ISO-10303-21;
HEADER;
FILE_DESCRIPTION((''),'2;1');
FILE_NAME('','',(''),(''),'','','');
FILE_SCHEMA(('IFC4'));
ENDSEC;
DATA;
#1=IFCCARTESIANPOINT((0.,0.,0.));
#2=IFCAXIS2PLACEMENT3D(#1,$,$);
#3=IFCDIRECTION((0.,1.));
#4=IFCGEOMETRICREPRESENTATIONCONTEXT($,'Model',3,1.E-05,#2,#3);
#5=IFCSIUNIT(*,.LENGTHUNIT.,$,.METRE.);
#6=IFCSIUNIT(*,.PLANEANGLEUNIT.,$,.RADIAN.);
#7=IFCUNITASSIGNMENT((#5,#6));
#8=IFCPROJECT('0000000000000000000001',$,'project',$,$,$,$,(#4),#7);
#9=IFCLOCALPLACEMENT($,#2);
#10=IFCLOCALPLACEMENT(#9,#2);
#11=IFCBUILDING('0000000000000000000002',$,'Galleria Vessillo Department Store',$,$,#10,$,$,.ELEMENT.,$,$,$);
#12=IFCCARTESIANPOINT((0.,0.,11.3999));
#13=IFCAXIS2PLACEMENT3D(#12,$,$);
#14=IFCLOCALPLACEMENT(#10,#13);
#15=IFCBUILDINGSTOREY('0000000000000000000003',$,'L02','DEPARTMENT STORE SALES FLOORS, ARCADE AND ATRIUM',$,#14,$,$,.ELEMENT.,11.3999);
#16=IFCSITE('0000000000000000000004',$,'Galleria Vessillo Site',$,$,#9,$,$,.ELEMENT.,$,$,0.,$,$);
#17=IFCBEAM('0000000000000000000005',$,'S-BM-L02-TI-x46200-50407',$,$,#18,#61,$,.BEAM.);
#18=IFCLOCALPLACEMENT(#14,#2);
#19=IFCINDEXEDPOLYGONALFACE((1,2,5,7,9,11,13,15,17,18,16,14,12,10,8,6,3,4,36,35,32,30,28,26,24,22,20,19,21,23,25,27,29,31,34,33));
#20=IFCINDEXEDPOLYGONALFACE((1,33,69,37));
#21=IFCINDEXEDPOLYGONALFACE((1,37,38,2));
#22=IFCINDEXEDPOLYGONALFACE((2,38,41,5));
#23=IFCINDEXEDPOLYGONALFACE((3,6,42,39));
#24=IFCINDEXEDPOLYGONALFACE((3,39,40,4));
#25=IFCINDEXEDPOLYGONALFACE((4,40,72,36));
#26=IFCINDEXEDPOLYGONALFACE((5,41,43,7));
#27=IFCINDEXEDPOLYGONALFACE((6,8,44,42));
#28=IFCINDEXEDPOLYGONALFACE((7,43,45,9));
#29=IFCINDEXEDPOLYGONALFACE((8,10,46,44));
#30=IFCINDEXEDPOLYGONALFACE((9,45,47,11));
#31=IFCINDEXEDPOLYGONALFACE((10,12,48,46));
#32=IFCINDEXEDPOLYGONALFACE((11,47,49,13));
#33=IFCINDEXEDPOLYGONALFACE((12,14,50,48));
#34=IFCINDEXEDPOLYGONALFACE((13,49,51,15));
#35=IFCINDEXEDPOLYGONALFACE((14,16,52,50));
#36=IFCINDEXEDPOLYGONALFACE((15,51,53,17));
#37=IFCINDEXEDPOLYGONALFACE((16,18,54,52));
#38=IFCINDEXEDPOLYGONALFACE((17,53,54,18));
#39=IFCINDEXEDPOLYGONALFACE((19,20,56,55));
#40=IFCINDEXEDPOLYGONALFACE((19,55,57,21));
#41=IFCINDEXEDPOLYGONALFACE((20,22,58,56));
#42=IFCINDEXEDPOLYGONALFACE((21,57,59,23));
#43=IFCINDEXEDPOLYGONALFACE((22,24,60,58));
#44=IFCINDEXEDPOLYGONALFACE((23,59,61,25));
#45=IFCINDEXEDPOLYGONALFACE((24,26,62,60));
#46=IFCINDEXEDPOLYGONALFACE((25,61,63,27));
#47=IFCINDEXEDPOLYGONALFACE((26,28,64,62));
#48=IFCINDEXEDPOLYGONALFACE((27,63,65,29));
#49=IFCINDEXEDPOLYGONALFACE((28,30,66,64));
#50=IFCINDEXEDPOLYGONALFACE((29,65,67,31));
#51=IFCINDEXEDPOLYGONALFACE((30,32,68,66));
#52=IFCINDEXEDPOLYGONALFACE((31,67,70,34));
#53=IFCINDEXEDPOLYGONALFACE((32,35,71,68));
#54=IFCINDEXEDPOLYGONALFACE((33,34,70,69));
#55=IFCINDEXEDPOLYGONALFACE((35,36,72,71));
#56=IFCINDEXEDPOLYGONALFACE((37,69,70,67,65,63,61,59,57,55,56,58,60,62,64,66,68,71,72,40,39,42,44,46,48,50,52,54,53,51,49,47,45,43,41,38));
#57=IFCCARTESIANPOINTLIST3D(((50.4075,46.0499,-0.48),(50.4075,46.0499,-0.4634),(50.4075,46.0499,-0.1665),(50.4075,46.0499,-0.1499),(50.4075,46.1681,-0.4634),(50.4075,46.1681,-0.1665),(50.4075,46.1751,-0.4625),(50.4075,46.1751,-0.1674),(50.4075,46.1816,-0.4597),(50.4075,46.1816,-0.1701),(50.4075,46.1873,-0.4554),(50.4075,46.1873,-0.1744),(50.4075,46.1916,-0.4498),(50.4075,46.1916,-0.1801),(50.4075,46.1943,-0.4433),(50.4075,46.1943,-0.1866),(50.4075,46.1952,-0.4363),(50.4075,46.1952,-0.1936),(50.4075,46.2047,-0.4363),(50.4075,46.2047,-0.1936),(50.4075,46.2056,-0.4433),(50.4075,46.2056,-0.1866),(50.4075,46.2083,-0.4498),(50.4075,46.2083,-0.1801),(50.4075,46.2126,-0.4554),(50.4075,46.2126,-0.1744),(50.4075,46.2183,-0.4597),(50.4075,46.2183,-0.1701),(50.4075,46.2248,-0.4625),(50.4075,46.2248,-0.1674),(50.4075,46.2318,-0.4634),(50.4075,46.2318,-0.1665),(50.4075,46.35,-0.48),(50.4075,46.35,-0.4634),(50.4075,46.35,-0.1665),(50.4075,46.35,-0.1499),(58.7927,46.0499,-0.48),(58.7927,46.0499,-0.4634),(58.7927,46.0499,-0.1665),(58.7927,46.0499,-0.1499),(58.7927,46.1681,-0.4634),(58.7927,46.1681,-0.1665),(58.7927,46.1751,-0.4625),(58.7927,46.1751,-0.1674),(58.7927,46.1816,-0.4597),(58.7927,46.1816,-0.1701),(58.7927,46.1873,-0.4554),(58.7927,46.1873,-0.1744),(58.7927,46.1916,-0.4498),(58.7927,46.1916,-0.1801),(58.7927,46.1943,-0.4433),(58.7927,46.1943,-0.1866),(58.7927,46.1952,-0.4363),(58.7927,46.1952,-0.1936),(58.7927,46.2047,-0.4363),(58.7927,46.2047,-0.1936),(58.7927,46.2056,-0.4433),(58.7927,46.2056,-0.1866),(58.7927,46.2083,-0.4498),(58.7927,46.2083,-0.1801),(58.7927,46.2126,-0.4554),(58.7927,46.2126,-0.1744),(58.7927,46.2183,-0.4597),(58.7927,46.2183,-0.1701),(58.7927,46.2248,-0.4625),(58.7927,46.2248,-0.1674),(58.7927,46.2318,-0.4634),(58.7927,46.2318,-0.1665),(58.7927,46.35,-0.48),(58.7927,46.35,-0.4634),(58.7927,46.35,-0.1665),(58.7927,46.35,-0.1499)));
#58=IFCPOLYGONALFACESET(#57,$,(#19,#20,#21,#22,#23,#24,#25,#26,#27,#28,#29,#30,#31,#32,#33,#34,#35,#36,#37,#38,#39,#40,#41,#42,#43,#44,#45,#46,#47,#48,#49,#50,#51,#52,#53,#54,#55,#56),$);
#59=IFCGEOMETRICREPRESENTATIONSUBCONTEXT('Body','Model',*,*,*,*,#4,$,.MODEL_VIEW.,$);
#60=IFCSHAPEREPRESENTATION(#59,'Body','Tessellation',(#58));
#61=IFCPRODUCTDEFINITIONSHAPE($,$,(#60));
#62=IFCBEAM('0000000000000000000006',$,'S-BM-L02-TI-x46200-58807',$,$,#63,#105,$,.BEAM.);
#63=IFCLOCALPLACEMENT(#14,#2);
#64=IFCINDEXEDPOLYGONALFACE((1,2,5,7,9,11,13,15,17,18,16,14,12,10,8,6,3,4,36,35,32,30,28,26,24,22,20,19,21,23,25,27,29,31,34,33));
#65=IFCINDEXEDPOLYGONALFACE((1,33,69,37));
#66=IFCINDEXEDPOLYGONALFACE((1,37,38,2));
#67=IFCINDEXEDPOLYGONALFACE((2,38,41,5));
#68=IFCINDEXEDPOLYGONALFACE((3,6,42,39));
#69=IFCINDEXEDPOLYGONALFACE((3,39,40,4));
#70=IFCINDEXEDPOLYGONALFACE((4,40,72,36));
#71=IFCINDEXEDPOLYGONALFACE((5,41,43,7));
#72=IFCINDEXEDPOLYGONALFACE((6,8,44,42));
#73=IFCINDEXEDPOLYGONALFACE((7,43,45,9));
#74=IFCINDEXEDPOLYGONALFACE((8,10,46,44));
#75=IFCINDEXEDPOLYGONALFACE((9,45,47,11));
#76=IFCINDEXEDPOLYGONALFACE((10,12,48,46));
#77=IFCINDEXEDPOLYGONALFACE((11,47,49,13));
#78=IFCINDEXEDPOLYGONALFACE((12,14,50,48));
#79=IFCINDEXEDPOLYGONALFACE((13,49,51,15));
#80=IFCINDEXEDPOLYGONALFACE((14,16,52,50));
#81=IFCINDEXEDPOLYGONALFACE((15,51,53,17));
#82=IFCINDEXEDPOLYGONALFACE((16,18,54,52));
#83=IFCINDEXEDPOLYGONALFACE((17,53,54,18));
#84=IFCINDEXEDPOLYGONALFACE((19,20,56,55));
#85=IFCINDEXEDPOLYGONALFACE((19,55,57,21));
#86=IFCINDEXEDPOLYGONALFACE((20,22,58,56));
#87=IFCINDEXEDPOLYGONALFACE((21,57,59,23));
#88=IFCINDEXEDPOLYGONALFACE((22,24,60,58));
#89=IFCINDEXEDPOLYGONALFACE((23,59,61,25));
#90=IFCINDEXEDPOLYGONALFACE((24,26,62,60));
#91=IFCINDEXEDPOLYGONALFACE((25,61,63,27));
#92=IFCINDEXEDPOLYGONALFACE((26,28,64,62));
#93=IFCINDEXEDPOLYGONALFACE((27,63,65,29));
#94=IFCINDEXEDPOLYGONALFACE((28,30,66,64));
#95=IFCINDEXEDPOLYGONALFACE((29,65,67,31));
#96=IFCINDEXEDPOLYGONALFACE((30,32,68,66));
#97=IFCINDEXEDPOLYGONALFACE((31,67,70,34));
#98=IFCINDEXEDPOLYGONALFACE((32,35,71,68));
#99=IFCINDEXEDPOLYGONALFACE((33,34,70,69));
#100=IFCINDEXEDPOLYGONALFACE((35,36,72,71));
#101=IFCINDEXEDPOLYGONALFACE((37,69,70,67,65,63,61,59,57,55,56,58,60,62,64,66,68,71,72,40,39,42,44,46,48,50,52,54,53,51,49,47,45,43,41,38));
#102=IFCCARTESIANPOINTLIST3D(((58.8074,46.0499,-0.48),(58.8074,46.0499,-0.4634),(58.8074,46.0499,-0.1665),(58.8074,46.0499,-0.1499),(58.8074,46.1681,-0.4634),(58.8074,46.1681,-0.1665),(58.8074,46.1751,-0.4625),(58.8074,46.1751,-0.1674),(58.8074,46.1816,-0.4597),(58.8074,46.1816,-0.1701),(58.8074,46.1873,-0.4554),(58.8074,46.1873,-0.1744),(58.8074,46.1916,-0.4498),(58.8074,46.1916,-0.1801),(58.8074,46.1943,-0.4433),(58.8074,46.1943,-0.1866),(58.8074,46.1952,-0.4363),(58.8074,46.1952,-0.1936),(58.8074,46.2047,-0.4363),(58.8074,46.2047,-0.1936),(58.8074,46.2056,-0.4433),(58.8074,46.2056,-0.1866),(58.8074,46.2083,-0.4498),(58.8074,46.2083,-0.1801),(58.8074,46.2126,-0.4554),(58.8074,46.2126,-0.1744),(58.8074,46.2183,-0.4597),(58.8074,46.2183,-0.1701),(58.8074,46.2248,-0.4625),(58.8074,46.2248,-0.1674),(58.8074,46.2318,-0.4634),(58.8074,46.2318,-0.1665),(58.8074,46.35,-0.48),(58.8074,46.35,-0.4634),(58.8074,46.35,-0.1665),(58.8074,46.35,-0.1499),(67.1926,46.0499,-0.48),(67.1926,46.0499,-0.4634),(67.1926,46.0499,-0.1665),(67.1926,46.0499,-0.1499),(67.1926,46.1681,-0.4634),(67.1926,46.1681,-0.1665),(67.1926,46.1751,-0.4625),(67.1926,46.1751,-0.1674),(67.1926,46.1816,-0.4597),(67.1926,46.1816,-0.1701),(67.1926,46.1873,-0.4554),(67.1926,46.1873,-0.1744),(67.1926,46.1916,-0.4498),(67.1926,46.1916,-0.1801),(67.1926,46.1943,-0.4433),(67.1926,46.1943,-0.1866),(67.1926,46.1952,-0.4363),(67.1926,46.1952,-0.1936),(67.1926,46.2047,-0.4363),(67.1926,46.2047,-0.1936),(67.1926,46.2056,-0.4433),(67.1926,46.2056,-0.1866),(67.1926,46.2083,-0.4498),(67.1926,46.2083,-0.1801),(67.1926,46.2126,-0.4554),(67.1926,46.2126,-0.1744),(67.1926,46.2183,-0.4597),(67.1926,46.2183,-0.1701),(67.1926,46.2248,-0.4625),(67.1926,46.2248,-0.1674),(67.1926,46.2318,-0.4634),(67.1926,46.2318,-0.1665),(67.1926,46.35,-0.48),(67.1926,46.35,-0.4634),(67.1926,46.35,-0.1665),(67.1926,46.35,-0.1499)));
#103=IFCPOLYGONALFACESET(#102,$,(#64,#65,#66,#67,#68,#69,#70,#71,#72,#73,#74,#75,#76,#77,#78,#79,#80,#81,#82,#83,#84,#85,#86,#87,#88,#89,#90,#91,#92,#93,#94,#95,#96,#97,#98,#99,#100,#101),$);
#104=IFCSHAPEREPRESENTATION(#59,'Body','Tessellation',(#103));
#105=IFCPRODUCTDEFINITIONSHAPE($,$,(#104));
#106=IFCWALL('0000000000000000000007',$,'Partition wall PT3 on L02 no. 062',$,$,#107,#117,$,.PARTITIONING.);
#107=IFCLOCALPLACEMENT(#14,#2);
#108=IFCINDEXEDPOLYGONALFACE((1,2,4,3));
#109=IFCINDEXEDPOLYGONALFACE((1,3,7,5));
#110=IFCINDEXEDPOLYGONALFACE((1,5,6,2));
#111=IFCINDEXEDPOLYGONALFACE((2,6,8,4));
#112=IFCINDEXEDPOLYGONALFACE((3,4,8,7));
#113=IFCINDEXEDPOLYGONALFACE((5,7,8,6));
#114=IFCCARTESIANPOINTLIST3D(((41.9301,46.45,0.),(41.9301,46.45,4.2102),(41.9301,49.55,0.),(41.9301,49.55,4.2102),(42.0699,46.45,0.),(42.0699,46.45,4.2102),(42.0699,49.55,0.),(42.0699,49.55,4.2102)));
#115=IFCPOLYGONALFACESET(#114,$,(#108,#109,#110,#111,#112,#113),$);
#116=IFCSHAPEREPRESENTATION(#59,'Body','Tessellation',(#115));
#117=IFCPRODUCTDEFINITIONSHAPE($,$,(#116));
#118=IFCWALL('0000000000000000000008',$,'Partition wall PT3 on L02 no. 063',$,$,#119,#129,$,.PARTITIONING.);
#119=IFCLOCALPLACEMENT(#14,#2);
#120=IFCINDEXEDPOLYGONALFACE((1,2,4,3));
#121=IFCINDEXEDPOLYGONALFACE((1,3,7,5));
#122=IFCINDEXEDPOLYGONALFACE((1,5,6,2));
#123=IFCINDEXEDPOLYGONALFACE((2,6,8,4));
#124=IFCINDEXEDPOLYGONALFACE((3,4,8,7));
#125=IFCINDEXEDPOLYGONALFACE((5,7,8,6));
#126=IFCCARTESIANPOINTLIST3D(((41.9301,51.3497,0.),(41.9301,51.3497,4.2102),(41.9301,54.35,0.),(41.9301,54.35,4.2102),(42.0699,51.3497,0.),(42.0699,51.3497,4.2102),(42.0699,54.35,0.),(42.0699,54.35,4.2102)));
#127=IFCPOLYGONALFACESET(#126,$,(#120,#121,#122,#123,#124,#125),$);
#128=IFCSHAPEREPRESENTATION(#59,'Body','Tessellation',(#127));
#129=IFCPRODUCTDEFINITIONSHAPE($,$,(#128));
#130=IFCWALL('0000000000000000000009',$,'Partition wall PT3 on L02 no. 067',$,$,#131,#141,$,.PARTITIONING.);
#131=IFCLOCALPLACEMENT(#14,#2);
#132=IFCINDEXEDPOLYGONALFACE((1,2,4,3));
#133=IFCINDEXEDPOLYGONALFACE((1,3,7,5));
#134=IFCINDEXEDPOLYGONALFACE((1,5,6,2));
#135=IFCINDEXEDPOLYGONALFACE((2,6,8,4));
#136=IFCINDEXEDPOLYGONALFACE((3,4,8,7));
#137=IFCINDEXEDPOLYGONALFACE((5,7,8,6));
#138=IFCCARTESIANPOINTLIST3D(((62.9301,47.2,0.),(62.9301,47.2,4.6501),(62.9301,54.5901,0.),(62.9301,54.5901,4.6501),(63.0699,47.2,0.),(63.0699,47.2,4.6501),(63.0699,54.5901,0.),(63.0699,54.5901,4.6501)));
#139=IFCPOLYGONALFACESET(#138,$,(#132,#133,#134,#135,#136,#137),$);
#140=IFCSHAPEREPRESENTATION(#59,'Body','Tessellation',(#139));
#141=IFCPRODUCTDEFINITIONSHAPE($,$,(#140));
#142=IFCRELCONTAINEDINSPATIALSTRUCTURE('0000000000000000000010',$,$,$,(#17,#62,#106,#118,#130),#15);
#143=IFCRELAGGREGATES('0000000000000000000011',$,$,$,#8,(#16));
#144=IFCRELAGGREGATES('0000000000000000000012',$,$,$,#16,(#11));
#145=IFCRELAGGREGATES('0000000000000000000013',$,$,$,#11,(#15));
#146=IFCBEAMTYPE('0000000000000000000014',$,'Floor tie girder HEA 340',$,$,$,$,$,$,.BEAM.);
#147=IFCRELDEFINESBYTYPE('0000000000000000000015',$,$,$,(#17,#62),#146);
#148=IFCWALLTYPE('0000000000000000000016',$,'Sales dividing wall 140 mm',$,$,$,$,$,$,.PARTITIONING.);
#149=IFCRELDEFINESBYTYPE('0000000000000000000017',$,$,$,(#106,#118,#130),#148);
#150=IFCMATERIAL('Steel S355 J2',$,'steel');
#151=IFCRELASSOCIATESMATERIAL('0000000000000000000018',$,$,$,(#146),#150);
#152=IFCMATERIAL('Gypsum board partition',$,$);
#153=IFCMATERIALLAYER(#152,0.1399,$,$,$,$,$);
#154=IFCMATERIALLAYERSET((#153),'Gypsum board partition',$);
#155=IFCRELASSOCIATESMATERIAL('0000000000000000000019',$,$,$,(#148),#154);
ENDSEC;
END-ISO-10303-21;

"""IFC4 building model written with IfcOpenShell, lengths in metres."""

from ifc_helpers import new_model, si_unit, direction, frame, frame_2d, origin, origin_2d, place, context, subcontext, project, spatial, rectangle, i_section, extrude, material, layer, layer_set, material_profile, profile_set, type_object, element, save


model = new_model("IFC4")

# Units and contexts
model_context = context("Model", 3, precision=1e-05, world=origin(), true_north=direction((0.0, 1.0)))
body_context = subcontext(model_context, "Body", "Model", "MODEL_VIEW")
ifc_project = project(units=[si_unit("LENGTHUNIT", "METRE"), si_unit("PLANEANGLEUNIT", "RADIAN")], contexts=[model_context])

# Site, building, storey
site_placement = place(None, origin())
site = spatial("IfcSite", under=ifc_project, at=site_placement, Name="Galleria Vessillo Site", CompositionType="ELEMENT", RefElevation=0.0)
building_placement = place(site_placement, origin())
building = spatial("IfcBuilding", under=site, at=building_placement, Name="Galleria Vessillo Department Store", CompositionType="ELEMENT")
storey_placement = place(building_placement, frame((0.0, 0.0, 11.3999)))
storey = spatial("IfcBuildingStorey", under=building, at=storey_placement, Name="L02", Description="DEPARTMENT STORE SALES FLOORS, ARCADE AND ATRIUM", CompositionType="ELEMENT", Elevation=11.3999)

# Beams
ifc_material_1 = material(Name="Steel S355 J2", Category="steel")
ifc_material_profile_1 = material_profile(ifc_material_1, i_section(OverallWidth=0.3, OverallDepth=0.3301, WebThickness=0.0095, FlangeThickness=0.0166, FilletRadius=0.0271, at=origin_2d()), Name="HEA 340")
ifc_profile_set_1 = profile_set([ifc_material_profile_1], Name="Steel S355 J2")
beam_type_1 = type_object("IfcBeamType", Name="Floor tie girder HEA 340", PredefinedType="BEAM", material=ifc_profile_set_1)
for number, where, z_axis, x_axis, name in (
    (1, (50.4075, 46.2, -0.3149), (1.0, 0.0, 0.0), (0.0, 1.0, 0.0), "S-BM-L02-TI-x46200-50407"),
    (2, (58.8074, 46.2, -0.3149), (1.0, 0.0, 0.0), (0.0, 1.0, 0.0), "S-BM-L02-TI-x46200-58807"),
):
    element("IfcBeam", number, at=place(storey_placement, frame(where, z_axis=z_axis, x_axis=x_axis)), inside=storey, type_object=beam_type_1, Name=name, PredefinedType="BEAM", context=body_context, shape_type="SweptSolid", body=[
        extrude(i_section(OverallWidth=0.3, OverallDepth=0.3301, WebThickness=0.0095, FlangeThickness=0.0166, FilletRadius=0.0271, at=origin_2d()), origin(), (0.0, 0.0, 1.0), 8.3853),
    ])

# Walls
ifc_material_2 = material(Name="Gypsum board partition")
ifc_layer = layer(ifc_material_2, 0.1399)
ifc_layer_set = layer_set([ifc_layer], Name="Gypsum board partition")
wall_type = type_object("IfcWallType", Name="Sales dividing wall 140 mm", PredefinedType="PARTITIONING", material=ifc_layer_set)
wall_1_placement = place(storey_placement, frame((42.0, 46.45, 0.0), z_axis=(0.0, 0.0, 1.0), x_axis=(0.0, 1.0, 0.0)))
element("IfcWall", 3, at=wall_1_placement, inside=storey, type_object=wall_type, Name="Partition wall PT3 on L02 no. 062", PredefinedType="PARTITIONING", context=body_context, shape_type="SweptSolid", body=[
    extrude(rectangle(XDim=3.1001, YDim=0.1399, at=frame_2d((1.55, 0.0))), origin(), (0.0, 0.0, 1.0), 4.2102),
])
wall_2_placement = place(storey_placement, frame((42.0, 51.3499, 0.0), z_axis=(0.0, 0.0, 1.0), x_axis=(0.0, 1.0, 0.0)))
element("IfcWall", 4, at=wall_2_placement, inside=storey, type_object=wall_type, Name="Partition wall PT3 on L02 no. 063", PredefinedType="PARTITIONING", context=body_context, shape_type="SweptSolid", body=[
    extrude(rectangle(XDim=3.0002, YDim=0.1399, at=frame_2d((1.5, 0.0))), origin(), (0.0, 0.0, 1.0), 4.2102),
])
wall_3_placement = place(storey_placement, frame((63.0, 47.2, 0.0), z_axis=(0.0, 0.0, 1.0), x_axis=(0.0, 1.0, 0.0)))
element("IfcWall", 5, at=wall_3_placement, inside=storey, type_object=wall_type, Name="Partition wall PT3 on L02 no. 067", PredefinedType="PARTITIONING", context=body_context, shape_type="SweptSolid", body=[
    extrude(rectangle(XDim=7.3901, YDim=0.1399, at=frame_2d((3.6951, 0.0))), origin(), (0.0, 0.0, 1.0), 4.6501),
])

save(model, "model.ifc")
